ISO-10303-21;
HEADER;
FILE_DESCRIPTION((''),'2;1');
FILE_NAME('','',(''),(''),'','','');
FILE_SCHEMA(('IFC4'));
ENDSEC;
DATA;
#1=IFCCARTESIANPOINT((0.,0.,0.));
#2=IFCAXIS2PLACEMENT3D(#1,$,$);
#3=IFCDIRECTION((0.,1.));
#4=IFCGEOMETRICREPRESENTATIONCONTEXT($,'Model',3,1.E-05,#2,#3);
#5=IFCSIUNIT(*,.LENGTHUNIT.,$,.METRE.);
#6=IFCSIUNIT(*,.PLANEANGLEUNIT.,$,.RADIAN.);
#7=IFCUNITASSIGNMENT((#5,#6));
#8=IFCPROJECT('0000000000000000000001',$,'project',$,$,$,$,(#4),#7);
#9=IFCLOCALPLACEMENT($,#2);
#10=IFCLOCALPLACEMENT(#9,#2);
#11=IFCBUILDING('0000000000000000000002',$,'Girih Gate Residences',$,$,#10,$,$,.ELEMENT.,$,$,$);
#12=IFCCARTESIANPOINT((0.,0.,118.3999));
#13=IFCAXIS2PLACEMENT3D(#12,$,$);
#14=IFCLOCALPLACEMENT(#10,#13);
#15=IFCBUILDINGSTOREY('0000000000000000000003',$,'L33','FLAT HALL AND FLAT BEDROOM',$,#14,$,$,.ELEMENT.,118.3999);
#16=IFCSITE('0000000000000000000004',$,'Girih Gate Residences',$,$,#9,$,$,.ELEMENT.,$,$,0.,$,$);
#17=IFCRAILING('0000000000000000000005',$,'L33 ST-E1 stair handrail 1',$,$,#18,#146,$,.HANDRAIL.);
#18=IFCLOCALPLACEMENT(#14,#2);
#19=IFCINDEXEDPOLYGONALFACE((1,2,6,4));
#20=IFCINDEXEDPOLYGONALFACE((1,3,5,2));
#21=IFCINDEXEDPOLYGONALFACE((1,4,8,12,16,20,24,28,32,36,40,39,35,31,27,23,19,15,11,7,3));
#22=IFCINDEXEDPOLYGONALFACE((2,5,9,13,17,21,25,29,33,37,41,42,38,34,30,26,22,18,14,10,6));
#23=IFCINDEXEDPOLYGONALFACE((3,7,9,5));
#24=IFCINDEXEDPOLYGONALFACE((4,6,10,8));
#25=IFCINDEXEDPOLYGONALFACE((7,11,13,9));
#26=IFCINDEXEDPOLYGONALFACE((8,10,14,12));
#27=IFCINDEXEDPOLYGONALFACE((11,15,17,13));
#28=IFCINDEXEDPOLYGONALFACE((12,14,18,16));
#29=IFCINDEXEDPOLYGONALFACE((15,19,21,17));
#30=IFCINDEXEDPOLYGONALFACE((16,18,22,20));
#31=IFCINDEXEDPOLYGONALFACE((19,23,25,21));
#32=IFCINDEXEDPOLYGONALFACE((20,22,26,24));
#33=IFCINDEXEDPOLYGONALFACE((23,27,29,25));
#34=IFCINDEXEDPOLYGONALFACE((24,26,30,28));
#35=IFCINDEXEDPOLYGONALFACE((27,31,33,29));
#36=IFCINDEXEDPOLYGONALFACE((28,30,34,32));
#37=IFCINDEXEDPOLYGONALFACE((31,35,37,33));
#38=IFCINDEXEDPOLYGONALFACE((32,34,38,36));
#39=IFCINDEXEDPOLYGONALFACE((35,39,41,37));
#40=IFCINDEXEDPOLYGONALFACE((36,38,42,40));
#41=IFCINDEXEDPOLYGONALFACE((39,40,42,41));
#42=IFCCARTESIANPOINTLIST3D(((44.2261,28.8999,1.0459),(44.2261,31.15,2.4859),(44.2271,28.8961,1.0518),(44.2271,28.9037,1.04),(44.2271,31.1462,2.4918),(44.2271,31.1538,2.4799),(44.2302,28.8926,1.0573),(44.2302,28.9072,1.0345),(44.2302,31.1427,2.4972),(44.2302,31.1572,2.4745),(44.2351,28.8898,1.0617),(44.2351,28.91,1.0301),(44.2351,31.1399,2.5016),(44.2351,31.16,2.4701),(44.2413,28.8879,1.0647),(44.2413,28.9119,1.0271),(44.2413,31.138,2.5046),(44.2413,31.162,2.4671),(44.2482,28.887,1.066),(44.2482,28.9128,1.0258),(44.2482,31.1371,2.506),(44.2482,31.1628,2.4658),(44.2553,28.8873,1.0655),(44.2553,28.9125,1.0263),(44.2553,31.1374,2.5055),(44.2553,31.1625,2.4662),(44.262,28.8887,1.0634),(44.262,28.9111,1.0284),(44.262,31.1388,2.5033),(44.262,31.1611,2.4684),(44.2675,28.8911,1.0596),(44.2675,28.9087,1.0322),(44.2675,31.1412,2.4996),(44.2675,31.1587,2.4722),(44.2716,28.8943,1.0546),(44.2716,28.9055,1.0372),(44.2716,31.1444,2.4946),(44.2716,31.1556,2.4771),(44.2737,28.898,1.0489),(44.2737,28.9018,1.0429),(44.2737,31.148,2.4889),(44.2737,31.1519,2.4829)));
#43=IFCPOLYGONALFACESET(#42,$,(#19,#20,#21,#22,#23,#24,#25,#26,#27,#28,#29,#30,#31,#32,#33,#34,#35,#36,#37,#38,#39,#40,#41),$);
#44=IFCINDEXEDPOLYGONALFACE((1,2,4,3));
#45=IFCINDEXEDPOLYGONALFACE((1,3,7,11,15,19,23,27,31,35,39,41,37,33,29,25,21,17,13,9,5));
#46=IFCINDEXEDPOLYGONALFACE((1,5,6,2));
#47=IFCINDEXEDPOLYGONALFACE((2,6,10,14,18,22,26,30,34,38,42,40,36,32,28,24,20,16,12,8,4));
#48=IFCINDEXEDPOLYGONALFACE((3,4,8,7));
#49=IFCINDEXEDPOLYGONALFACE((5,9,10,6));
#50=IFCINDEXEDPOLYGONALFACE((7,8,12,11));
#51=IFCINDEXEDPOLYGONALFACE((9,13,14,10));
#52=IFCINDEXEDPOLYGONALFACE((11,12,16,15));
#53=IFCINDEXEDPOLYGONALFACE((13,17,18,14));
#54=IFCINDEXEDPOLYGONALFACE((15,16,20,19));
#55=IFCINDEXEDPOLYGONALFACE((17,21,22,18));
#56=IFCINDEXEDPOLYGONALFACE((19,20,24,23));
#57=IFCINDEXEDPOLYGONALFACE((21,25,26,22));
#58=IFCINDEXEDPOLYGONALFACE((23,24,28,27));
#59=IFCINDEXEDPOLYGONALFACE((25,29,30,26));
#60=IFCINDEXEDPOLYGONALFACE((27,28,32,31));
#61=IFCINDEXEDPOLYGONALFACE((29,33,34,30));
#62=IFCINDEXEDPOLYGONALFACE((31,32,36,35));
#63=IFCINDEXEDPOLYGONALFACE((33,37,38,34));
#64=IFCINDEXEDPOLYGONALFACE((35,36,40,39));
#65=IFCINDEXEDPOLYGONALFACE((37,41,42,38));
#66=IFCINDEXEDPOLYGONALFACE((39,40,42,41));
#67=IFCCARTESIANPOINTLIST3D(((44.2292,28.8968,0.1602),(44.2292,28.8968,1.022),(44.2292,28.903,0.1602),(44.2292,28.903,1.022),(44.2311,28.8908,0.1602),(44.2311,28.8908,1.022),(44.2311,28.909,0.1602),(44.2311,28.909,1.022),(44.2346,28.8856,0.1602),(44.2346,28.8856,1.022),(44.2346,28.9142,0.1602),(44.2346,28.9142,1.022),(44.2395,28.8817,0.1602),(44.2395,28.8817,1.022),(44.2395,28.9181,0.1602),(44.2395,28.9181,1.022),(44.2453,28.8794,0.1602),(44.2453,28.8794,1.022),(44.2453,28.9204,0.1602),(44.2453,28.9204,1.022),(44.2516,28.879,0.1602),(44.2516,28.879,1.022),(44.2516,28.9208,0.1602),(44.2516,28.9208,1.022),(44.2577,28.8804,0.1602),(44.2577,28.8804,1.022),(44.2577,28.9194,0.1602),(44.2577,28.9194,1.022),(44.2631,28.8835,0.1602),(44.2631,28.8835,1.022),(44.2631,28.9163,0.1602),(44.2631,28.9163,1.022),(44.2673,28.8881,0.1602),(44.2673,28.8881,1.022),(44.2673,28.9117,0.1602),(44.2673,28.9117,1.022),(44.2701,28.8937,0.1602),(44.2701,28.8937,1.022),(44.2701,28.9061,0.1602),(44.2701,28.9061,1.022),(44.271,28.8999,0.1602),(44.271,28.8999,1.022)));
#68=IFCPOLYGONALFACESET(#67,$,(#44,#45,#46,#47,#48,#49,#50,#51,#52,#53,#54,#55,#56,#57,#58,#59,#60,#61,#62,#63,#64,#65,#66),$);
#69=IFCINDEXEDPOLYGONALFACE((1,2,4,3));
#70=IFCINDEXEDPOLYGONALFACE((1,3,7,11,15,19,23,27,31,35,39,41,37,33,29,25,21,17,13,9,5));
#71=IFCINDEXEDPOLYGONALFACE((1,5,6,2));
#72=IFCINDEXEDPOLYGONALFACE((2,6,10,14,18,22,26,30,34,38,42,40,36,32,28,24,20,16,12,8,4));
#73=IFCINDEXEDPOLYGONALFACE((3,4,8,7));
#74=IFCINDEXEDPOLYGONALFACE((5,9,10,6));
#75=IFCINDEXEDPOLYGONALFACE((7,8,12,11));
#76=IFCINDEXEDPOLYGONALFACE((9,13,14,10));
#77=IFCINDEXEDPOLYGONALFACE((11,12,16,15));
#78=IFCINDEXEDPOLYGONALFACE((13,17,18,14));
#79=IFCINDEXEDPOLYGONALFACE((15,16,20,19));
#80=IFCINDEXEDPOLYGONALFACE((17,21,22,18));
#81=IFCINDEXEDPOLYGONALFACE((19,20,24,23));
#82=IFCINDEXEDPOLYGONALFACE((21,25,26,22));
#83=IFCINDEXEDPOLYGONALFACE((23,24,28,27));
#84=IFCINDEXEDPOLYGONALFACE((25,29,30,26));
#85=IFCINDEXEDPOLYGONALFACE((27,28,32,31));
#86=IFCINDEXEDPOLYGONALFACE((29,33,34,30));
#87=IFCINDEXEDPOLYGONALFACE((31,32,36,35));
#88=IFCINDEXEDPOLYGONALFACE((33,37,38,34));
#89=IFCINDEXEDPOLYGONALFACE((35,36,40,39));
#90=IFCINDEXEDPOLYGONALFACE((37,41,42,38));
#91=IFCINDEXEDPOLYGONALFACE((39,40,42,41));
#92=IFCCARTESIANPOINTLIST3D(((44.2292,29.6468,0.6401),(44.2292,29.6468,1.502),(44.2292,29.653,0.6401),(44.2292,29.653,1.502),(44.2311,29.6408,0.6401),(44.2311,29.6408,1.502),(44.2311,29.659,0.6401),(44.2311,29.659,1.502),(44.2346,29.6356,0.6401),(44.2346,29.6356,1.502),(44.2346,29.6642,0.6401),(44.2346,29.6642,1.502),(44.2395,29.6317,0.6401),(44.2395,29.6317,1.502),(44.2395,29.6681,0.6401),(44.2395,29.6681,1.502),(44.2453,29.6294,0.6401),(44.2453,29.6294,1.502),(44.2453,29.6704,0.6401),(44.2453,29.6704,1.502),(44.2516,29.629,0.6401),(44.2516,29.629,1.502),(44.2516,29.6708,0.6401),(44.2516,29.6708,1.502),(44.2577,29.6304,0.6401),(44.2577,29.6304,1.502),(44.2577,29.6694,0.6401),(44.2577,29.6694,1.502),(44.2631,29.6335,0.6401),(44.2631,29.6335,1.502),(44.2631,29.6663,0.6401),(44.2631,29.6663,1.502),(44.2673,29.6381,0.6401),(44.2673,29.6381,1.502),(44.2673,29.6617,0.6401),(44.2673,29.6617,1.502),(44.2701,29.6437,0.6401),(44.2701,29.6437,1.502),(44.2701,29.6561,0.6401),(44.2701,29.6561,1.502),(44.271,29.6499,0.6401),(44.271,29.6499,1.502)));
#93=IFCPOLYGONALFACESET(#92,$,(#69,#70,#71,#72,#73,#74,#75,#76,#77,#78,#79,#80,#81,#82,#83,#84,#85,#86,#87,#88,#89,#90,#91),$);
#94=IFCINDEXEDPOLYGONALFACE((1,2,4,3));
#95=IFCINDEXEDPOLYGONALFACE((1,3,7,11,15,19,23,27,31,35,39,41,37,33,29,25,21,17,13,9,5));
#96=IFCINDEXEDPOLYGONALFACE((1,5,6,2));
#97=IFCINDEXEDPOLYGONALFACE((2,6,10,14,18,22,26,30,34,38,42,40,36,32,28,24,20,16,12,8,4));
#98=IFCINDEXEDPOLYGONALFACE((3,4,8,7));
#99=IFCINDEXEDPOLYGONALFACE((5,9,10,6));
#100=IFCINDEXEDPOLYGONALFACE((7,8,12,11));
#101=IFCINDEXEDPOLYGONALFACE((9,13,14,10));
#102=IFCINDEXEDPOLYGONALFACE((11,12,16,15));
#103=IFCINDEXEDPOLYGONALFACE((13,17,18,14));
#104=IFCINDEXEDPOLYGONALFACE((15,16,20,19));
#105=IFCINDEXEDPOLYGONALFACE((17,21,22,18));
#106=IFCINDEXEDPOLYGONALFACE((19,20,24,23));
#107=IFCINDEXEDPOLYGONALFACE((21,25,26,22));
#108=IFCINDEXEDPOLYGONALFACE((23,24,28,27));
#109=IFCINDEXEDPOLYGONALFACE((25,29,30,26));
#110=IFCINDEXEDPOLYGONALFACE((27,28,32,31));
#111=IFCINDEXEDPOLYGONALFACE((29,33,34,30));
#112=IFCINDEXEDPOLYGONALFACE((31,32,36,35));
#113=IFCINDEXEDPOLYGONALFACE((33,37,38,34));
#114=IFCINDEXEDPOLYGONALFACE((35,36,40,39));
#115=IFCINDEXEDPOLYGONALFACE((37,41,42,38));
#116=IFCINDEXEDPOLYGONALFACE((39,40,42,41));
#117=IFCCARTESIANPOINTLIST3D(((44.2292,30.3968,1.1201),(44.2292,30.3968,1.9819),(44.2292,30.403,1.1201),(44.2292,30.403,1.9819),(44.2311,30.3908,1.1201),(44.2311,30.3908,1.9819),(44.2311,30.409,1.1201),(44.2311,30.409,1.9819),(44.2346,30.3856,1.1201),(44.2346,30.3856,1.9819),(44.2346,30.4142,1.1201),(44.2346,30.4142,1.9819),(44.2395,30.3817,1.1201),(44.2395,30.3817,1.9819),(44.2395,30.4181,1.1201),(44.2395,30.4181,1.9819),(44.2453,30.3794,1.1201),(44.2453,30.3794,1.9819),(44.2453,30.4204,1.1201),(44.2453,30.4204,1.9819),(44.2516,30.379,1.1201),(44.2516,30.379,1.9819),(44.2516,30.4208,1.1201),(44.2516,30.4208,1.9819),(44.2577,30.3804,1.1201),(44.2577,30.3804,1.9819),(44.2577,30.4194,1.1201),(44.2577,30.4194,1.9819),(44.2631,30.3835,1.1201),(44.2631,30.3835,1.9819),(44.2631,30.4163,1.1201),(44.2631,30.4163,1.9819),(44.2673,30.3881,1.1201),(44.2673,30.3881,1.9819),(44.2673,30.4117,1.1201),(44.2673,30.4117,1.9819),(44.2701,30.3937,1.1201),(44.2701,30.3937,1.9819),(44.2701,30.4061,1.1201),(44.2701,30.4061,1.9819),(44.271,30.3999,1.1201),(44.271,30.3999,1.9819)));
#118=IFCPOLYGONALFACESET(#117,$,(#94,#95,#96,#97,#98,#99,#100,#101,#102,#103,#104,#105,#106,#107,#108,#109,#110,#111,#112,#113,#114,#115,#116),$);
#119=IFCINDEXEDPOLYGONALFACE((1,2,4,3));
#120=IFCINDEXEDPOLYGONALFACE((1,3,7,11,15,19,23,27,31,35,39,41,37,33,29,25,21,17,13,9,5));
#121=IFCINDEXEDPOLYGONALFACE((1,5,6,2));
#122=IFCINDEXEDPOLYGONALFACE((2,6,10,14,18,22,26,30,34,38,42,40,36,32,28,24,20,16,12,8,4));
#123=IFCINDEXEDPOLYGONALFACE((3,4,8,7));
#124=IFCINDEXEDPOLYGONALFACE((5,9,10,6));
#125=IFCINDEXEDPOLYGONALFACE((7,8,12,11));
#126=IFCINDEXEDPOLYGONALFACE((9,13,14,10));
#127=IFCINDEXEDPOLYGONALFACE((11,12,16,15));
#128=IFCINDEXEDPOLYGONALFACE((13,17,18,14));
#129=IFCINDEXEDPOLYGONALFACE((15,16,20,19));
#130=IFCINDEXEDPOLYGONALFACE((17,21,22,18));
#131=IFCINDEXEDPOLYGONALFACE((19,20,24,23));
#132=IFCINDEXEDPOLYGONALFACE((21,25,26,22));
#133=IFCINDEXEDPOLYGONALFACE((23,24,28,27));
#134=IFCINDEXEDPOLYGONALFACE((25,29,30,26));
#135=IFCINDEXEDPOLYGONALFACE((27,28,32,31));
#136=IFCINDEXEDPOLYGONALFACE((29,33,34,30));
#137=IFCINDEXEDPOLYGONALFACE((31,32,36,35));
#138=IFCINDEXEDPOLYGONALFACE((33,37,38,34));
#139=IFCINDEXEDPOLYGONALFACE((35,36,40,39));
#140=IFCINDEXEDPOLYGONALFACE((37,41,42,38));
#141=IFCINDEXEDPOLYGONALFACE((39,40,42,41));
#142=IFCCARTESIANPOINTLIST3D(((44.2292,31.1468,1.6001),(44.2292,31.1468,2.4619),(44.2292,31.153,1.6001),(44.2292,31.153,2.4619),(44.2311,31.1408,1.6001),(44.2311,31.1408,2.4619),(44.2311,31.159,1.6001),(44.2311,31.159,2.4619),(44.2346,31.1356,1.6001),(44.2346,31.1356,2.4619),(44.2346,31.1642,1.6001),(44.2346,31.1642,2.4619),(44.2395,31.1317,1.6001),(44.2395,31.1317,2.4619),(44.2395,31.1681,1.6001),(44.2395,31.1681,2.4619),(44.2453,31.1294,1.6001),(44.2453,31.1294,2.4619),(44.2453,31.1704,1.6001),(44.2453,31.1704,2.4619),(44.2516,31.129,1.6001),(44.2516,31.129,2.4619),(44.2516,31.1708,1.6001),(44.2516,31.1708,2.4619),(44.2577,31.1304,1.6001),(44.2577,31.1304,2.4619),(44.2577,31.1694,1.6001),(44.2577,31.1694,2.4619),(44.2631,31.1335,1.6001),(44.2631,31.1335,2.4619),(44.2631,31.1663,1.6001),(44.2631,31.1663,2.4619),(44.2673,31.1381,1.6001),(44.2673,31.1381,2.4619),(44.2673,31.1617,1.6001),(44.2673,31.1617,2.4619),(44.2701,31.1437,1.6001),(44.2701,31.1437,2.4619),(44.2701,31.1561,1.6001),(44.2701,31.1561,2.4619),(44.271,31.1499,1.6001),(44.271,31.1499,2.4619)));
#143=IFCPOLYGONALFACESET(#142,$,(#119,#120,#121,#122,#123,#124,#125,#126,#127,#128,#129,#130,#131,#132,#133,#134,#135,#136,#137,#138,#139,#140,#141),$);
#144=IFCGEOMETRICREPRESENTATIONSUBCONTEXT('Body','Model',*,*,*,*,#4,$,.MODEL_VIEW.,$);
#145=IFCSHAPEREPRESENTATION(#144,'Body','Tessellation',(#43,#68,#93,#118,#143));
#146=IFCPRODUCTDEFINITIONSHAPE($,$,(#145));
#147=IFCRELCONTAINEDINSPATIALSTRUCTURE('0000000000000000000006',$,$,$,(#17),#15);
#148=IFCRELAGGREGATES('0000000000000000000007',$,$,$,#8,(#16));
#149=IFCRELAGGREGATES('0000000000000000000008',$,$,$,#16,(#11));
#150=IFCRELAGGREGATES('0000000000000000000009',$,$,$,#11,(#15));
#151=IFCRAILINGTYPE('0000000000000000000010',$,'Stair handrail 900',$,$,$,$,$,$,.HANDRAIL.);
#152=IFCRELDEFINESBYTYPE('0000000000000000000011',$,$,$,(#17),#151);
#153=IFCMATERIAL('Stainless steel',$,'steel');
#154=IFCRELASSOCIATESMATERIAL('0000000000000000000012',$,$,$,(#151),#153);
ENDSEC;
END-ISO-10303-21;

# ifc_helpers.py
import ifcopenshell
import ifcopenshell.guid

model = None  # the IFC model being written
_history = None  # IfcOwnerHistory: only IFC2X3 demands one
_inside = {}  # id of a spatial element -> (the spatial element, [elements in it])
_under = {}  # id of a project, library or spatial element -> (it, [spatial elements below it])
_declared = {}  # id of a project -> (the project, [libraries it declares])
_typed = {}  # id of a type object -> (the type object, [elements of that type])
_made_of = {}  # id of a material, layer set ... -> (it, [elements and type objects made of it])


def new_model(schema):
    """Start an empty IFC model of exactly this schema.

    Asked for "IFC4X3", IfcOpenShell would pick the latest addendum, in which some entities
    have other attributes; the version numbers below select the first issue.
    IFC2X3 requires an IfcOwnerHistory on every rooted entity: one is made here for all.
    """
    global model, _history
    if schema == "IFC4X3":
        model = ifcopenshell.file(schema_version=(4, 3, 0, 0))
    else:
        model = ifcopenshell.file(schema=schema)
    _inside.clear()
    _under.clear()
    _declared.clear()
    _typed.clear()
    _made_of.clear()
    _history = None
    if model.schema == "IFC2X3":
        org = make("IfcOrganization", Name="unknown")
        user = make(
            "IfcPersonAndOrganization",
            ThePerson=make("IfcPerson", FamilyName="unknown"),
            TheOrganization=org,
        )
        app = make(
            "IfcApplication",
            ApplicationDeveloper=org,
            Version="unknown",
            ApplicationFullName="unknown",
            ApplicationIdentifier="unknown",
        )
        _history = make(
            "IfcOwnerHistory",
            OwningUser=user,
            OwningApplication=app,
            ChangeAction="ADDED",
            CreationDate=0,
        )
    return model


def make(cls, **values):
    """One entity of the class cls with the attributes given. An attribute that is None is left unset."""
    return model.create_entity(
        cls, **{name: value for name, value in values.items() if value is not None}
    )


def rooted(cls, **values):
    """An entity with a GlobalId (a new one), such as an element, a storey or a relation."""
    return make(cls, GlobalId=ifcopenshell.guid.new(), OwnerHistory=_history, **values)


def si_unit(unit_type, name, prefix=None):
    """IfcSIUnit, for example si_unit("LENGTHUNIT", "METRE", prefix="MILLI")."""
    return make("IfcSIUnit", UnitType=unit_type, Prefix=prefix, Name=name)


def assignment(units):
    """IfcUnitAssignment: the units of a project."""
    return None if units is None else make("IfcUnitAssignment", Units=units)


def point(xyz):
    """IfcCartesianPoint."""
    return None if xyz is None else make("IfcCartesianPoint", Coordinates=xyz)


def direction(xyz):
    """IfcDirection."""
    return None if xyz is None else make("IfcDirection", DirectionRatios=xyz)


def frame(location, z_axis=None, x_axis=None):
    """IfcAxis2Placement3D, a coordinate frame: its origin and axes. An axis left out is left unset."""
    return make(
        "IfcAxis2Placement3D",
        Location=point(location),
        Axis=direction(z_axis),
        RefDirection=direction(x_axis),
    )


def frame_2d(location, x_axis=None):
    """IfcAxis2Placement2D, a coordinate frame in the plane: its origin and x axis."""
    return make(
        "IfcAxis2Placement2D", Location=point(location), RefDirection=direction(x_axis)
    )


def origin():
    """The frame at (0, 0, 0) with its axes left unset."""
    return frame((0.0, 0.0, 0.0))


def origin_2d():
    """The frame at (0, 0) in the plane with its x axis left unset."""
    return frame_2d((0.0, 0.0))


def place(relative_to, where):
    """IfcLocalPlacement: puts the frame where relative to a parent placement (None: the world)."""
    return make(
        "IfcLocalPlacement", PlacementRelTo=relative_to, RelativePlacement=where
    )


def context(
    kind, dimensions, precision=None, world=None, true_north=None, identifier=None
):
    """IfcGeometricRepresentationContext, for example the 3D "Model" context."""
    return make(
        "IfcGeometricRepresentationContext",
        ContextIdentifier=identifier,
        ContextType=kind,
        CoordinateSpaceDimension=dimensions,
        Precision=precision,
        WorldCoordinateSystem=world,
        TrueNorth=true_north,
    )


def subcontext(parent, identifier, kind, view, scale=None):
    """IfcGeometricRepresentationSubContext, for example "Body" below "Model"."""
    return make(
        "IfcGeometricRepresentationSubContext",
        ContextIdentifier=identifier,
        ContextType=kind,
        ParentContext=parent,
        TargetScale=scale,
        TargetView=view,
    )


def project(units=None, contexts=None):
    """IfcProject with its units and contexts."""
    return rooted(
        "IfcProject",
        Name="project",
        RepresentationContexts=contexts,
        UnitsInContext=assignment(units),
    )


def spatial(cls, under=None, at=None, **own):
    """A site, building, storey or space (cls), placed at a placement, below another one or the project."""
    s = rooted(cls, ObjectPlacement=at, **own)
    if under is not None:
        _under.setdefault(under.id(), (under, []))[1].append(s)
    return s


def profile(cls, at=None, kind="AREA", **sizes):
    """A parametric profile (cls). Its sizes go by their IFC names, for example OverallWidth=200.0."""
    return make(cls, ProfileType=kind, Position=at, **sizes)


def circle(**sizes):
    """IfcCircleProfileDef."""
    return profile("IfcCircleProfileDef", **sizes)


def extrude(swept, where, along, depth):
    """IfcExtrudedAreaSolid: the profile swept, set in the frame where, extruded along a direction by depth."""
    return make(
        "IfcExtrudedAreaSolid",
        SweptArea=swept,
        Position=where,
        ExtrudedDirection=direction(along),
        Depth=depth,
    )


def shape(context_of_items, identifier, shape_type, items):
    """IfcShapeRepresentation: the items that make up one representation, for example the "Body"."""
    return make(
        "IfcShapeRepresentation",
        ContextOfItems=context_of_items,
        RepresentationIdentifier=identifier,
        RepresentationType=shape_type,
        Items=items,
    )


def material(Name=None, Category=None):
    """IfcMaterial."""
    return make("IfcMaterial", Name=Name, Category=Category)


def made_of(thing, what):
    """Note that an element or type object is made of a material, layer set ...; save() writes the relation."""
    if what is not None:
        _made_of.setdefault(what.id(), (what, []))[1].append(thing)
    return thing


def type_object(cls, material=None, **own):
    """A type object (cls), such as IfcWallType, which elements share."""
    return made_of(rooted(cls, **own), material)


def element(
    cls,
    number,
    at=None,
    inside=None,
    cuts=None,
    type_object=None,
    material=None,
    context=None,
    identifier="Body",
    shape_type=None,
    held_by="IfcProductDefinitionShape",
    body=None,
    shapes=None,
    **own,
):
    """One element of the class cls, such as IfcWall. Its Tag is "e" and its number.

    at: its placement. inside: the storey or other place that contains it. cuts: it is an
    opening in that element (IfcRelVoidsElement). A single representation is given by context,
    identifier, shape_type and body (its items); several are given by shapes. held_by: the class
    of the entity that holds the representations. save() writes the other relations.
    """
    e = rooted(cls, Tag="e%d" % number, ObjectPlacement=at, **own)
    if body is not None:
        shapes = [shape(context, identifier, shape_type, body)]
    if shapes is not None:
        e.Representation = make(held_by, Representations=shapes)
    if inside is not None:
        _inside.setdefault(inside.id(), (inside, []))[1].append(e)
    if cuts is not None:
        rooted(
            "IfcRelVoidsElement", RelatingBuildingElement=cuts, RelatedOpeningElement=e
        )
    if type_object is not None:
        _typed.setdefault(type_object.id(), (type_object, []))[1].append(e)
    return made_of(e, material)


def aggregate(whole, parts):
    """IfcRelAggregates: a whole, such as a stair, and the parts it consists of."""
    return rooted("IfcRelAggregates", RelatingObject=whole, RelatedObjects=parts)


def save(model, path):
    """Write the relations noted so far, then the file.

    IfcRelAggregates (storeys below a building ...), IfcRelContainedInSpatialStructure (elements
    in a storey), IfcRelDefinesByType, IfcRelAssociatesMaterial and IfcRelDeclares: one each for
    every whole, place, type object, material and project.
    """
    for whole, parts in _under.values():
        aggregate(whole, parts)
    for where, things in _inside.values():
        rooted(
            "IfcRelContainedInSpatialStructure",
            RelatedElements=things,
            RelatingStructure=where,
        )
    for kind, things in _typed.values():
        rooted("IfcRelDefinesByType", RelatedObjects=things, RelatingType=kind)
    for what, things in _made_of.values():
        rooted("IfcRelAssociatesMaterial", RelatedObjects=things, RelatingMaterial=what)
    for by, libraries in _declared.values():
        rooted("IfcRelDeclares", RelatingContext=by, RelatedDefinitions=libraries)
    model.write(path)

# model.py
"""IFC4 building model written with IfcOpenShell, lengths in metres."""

from ifc_helpers import new_model, si_unit, direction, frame, origin, origin_2d, place, context, subcontext, project, spatial, circle, extrude, material, type_object, element, save


model = new_model("IFC4")

# Units and contexts
model_context = context("Model", 3, precision=1e-05, world=origin(), true_north=direction((0.0, 1.0)))
body_context = subcontext(model_context, "Body", "Model", "MODEL_VIEW")
ifc_project = project(units=[si_unit("LENGTHUNIT", "METRE"), si_unit("PLANEANGLEUNIT", "RADIAN")], contexts=[model_context])

# Site, building, storey
site_placement = place(None, origin())
site = spatial("IfcSite", under=ifc_project, at=site_placement, Name="Girih Gate Residences", CompositionType="ELEMENT", RefElevation=0.0)
building_placement = place(site_placement, origin())
building = spatial("IfcBuilding", under=site, at=building_placement, Name="Girih Gate Residences", CompositionType="ELEMENT")
storey_placement = place(building_placement, frame((0.0, 0.0, 118.3999)))
storey = spatial("IfcBuildingStorey", under=building, at=storey_placement, Name="L33", Description="FLAT HALL AND FLAT BEDROOM", CompositionType="ELEMENT", Elevation=118.3999)

# Railing
ifc_material_1 = material(Name="Stainless steel", Category="steel")
railing_type_1 = type_object("IfcRailingType", Name="Stair handrail 900", PredefinedType="HANDRAIL", material=ifc_material_1)
railing_1_placement = place(storey_placement, frame((44.25, 28.8999, 0.1602)))
element("IfcRailing", 1, at=railing_1_placement, inside=storey, type_object=railing_type_1, Name="L33 ST-E1 stair handrail 1", PredefinedType="HANDRAIL", context=body_context, shape_type="SweptSolid", body=[
    extrude(circle(Radius=0.0239, at=origin_2d()), frame((0.0, 0.0, 0.8857), z_axis=(0.0, 0.842281, 0.539038), x_axis=(-1.0, 0.0, 0.0)), (0.0, 0.0, 1.0), 2.6714),
    extrude(circle(Radius=0.021, at=origin_2d()), origin(), (0.0, 0.0, 1.0), 0.8618),
    extrude(circle(Radius=0.021, at=origin_2d()), frame((0.0, 0.75, 0.48)), (0.0, 0.0, 1.0), 0.8618),
    extrude(circle(Radius=0.021, at=origin_2d()), frame((0.0, 1.5, 0.96)), (0.0, 0.0, 1.0), 0.8618),
    extrude(circle(Radius=0.021, at=origin_2d()), frame((0.0, 2.25, 1.4399)), (0.0, 0.0, 1.0), 0.8618),
])

save(model, "model.ifc")
